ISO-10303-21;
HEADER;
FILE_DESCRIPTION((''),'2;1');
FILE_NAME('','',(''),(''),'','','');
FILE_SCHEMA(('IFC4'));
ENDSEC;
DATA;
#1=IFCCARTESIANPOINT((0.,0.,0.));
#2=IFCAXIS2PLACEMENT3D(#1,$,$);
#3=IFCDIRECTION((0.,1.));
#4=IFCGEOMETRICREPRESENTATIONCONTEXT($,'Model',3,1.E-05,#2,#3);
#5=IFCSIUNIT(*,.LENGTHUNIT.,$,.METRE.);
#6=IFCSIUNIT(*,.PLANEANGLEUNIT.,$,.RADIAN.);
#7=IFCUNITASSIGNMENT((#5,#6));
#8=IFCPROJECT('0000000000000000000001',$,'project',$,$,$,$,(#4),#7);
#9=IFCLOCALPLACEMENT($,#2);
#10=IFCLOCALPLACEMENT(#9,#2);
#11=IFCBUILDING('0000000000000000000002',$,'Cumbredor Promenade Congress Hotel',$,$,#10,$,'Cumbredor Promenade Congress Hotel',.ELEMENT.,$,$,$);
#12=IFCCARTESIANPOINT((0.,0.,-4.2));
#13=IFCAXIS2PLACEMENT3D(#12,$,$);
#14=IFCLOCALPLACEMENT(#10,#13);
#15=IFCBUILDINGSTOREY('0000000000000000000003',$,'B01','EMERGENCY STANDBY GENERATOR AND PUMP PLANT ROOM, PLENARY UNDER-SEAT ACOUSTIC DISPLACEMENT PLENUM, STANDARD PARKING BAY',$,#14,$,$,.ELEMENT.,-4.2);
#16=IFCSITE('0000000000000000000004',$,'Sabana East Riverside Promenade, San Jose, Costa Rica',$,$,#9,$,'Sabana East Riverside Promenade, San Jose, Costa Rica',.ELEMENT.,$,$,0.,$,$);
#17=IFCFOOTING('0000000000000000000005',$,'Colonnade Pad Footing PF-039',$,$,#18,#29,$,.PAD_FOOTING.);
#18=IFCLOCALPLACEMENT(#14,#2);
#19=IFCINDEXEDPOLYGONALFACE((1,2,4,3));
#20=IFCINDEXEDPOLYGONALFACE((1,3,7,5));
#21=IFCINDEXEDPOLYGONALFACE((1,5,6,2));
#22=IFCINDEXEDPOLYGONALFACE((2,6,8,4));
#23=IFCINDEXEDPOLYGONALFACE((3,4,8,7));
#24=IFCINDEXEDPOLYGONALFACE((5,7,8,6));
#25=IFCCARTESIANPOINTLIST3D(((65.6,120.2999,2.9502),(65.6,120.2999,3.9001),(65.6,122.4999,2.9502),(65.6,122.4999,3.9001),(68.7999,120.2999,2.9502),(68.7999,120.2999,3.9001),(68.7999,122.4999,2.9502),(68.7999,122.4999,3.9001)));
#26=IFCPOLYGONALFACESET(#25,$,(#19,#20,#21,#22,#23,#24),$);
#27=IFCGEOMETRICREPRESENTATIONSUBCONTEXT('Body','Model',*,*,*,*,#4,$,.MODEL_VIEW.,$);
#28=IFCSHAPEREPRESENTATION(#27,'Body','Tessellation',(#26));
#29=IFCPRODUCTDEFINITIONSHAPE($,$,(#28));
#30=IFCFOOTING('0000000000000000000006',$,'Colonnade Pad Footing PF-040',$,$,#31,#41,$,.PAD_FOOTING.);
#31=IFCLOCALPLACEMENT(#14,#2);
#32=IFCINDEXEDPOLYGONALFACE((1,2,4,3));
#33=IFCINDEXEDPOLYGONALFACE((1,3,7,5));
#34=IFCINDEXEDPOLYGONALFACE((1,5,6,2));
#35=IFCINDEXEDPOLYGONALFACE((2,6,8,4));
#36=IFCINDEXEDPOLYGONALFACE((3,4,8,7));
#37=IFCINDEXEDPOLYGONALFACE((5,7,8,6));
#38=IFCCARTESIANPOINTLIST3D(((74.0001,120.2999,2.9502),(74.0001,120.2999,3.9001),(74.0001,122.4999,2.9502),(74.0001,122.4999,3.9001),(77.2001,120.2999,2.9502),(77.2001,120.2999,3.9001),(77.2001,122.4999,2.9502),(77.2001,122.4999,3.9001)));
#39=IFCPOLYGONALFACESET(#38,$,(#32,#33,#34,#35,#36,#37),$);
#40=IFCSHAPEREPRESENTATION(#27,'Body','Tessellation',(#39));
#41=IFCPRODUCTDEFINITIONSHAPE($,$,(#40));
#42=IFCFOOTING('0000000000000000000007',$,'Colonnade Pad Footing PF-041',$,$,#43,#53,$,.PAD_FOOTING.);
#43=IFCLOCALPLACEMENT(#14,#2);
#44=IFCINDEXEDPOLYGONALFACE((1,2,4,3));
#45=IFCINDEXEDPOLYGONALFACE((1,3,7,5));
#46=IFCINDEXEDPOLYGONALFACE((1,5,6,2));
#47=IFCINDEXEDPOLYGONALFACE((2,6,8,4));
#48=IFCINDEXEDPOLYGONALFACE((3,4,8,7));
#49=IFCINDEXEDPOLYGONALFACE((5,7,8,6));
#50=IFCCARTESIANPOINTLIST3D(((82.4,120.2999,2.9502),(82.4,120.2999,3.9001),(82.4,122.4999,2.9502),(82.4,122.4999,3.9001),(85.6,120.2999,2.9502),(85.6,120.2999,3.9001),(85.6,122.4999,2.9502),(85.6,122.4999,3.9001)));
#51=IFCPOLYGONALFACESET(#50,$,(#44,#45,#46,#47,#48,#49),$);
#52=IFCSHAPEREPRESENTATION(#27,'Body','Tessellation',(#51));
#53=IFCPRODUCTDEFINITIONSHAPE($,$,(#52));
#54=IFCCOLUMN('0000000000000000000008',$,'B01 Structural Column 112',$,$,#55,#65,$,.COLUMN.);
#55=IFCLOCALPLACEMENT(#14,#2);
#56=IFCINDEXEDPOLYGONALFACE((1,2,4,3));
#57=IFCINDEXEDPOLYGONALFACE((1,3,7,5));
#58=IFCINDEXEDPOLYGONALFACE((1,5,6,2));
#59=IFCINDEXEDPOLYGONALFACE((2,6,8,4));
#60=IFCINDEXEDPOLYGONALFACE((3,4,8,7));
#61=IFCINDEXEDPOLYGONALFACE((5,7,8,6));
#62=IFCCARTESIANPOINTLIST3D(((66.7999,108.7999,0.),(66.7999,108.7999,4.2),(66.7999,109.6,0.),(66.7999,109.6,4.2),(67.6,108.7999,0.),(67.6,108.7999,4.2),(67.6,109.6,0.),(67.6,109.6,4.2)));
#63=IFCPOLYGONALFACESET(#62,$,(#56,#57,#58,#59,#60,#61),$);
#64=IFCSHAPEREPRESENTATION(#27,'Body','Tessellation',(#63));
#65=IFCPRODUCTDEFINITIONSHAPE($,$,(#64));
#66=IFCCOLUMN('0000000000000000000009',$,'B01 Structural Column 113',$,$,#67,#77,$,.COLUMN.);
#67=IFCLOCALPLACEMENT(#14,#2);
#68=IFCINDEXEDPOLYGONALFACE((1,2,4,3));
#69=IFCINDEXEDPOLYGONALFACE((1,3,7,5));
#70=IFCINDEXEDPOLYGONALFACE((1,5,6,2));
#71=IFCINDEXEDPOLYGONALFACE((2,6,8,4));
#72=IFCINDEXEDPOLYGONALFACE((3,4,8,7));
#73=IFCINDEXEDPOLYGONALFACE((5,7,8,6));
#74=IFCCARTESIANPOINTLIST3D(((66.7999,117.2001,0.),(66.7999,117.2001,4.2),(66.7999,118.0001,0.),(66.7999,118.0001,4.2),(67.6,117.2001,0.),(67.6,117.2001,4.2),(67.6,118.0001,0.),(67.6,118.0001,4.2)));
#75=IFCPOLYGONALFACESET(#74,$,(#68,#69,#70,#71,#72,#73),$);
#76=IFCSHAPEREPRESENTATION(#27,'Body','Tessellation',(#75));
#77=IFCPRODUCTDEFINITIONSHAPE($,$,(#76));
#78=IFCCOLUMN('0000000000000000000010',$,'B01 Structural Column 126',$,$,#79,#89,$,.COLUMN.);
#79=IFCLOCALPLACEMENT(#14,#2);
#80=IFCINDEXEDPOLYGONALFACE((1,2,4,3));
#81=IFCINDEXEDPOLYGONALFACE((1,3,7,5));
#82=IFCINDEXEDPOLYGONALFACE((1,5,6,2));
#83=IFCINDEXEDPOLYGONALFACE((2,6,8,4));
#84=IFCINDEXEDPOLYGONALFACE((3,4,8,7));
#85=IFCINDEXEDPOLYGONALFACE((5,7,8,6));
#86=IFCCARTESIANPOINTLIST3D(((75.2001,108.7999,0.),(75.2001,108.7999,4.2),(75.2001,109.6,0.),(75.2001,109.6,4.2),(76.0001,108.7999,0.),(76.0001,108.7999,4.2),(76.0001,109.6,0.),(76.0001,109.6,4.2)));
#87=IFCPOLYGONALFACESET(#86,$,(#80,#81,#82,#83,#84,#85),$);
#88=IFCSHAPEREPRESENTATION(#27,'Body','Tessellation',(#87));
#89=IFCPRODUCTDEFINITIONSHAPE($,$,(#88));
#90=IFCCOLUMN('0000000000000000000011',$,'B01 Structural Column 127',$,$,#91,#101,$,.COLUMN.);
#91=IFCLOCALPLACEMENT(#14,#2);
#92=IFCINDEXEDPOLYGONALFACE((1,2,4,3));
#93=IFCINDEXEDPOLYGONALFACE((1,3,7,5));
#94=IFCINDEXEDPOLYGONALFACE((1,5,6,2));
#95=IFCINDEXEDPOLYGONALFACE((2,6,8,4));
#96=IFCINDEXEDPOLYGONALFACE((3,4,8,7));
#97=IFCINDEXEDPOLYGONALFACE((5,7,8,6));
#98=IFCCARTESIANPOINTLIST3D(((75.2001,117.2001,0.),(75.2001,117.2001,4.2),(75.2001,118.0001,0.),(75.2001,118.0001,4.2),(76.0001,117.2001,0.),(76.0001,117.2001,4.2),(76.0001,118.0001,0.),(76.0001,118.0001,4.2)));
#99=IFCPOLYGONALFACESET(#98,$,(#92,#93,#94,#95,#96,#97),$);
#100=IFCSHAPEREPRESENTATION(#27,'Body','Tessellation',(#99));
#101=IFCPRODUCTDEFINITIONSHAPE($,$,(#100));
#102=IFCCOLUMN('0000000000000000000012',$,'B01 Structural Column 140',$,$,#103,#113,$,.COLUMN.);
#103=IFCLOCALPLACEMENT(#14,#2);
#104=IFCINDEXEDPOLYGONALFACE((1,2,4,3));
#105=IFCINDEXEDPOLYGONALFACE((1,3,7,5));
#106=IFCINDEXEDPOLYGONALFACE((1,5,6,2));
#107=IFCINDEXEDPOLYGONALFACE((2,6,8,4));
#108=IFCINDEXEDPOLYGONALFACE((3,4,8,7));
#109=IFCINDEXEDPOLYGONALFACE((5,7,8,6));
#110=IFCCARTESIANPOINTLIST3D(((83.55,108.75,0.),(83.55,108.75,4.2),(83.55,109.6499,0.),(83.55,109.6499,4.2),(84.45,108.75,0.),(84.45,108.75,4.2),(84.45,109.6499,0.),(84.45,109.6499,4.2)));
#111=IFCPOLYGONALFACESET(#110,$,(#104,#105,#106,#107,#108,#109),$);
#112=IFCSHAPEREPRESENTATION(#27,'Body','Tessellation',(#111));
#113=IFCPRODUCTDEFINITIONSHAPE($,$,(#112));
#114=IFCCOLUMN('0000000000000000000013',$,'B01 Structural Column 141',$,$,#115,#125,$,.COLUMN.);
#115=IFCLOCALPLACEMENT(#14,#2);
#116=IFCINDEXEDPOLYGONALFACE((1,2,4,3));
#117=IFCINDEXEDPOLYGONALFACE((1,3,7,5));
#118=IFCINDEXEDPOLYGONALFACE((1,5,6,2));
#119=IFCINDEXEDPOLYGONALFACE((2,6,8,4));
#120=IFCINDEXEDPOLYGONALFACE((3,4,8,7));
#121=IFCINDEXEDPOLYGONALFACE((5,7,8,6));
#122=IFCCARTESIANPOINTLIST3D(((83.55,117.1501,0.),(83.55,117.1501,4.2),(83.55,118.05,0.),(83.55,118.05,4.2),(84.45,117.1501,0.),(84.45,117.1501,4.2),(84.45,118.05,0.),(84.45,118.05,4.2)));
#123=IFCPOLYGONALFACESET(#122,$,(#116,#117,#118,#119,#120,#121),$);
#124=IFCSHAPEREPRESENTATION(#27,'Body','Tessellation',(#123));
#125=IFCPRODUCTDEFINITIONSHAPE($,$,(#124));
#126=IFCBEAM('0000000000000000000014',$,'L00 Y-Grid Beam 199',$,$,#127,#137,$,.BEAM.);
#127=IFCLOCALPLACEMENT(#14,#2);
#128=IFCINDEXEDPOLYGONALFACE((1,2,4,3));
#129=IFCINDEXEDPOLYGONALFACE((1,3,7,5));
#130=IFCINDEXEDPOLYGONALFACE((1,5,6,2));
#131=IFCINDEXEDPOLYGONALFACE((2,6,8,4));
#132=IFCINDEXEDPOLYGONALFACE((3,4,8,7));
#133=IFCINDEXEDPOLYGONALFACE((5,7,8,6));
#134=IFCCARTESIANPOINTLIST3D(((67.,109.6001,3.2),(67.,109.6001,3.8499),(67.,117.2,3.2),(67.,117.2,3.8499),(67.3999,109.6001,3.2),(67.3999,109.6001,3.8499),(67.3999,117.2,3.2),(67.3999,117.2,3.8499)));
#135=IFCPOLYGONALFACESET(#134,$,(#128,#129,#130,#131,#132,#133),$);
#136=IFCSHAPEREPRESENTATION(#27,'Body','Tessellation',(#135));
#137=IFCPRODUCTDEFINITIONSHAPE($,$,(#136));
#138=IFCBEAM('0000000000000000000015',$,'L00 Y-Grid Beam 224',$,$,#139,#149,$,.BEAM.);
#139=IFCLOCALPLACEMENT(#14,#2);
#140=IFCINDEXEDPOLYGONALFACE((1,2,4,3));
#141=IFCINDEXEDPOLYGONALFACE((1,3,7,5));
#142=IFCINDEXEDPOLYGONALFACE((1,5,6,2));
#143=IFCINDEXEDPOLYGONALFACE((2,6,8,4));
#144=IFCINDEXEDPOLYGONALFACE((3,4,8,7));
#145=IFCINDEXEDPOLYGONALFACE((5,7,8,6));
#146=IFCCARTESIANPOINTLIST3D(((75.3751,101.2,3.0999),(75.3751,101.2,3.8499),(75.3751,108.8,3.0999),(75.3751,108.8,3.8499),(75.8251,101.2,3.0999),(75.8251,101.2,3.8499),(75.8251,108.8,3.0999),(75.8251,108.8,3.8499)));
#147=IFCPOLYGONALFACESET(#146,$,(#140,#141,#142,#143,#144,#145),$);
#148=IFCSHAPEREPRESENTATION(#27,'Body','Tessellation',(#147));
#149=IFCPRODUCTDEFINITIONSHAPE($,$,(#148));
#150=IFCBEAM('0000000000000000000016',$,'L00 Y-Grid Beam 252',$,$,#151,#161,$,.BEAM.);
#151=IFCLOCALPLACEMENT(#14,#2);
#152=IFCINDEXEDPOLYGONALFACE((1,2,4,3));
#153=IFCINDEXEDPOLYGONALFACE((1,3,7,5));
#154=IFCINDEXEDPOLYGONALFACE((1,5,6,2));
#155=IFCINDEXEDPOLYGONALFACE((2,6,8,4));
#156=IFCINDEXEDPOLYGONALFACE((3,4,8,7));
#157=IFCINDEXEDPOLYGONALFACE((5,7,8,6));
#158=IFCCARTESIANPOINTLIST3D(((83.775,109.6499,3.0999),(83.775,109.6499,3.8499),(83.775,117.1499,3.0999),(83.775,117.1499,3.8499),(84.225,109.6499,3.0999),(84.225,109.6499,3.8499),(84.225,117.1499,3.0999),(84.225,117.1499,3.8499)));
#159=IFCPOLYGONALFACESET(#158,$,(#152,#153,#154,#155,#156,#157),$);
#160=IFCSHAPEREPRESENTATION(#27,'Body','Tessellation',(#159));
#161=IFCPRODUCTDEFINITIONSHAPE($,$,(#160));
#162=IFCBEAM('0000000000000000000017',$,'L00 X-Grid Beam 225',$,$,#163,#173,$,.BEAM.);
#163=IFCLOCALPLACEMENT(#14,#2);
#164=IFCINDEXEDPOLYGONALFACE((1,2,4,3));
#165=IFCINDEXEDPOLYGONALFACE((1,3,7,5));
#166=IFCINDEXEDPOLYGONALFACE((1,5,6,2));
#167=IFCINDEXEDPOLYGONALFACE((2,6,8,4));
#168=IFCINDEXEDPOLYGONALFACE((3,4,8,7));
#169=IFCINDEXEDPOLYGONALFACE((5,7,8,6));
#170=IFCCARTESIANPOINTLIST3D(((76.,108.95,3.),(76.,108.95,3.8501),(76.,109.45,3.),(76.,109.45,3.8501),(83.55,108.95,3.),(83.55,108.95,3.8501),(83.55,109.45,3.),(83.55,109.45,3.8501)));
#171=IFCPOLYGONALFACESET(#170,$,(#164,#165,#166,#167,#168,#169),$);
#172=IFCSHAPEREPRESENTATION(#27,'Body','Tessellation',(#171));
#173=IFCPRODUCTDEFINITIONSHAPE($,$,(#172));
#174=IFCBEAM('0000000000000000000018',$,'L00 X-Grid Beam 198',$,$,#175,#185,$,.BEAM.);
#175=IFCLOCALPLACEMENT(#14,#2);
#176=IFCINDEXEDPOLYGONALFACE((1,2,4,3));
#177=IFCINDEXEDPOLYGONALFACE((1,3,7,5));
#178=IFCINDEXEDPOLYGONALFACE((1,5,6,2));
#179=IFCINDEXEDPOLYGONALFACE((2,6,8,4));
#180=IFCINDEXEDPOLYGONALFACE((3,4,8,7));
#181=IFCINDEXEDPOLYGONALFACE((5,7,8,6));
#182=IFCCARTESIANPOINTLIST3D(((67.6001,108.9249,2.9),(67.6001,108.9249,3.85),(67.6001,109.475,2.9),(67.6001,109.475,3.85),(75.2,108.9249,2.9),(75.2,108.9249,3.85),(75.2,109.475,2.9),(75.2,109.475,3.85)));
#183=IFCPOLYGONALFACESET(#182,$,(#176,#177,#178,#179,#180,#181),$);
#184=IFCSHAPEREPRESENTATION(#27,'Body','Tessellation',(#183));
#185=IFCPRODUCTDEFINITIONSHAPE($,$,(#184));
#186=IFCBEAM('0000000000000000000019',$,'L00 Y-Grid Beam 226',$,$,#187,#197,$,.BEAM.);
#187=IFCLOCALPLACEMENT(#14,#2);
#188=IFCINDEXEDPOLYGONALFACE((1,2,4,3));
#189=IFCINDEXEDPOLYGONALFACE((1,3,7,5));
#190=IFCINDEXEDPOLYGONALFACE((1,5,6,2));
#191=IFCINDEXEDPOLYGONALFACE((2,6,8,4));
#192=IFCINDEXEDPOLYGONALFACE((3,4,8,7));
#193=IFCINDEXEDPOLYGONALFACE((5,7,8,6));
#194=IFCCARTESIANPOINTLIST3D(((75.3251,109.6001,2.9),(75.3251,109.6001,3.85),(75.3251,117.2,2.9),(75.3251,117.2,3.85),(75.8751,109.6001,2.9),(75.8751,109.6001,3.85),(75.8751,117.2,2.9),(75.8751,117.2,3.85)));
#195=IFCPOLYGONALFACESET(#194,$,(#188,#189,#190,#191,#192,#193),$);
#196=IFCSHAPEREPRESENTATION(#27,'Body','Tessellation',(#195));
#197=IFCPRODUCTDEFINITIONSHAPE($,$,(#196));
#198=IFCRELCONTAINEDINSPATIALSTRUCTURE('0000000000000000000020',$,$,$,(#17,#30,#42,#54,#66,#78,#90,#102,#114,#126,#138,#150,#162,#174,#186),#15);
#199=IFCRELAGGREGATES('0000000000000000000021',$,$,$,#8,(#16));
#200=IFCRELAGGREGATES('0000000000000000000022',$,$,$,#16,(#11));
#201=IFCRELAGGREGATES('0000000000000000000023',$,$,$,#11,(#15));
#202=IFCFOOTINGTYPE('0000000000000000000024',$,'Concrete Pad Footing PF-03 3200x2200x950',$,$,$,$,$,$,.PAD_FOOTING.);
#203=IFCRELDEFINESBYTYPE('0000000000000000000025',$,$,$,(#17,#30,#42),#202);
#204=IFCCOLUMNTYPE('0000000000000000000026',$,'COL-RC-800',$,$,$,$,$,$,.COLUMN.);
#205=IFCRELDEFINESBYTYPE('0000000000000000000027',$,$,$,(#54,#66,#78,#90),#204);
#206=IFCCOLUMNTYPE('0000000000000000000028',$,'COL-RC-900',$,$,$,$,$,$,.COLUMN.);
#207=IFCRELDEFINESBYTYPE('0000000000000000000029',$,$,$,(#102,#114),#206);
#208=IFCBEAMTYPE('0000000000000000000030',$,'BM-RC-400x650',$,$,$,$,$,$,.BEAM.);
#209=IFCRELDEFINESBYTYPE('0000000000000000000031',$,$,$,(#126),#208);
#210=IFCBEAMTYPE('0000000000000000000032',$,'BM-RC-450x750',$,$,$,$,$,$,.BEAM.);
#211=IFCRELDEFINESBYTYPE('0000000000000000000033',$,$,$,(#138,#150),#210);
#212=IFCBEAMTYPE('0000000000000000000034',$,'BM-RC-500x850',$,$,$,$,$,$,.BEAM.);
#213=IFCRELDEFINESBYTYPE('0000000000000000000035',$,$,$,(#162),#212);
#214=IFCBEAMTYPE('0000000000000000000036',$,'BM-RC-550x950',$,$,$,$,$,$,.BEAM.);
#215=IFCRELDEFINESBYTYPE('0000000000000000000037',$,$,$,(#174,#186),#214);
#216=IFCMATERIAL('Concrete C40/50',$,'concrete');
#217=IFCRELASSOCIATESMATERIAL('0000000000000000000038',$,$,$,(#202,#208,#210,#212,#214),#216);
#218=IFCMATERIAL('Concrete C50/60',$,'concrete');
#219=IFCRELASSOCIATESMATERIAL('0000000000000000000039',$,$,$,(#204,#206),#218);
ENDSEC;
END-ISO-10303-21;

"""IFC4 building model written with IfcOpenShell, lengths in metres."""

from ifc_helpers import new_model, si_unit, direction, frame, origin, origin_2d, place, context, subcontext, project, spatial, rectangle, extrude, material, material_profile, profile_set, type_object, element, save


model = new_model("IFC4")

# Units and contexts
model_context = context("Model", 3, precision=1e-05, world=origin(), true_north=direction((0.0, 1.0)))
body_context = subcontext(model_context, "Body", "Model", "MODEL_VIEW")
ifc_project = project(units=[si_unit("LENGTHUNIT", "METRE"), si_unit("PLANEANGLEUNIT", "RADIAN")], contexts=[model_context])

# Site, building, storey
site_placement = place(None, origin())
site = spatial("IfcSite", under=ifc_project, at=site_placement, Name="Sabana East Riverside Promenade, San Jose, Costa Rica", LongName="Sabana East Riverside Promenade, San Jose, Costa Rica", CompositionType="ELEMENT", RefElevation=0.0)
building_placement = place(site_placement, origin())
building = spatial("IfcBuilding", under=site, at=building_placement, Name="Cumbredor Promenade Congress Hotel", LongName="Cumbredor Promenade Congress Hotel", CompositionType="ELEMENT")
storey_placement = place(building_placement, frame((0.0, 0.0, -4.2)))
storey = spatial("IfcBuildingStorey", under=building, at=storey_placement, Name="B01", Description="EMERGENCY STANDBY GENERATOR AND PUMP PLANT ROOM, PLENARY UNDER-SEAT ACOUSTIC DISPLACEMENT PLENUM, STANDARD PARKING BAY", CompositionType="ELEMENT", Elevation=-4.2)

# Footings
ifc_material_1 = material(Name="Concrete C40/50", Category="concrete")
footing_type = type_object("IfcFootingType", Name="Concrete Pad Footing PF-03 3200x2200x950", PredefinedType="PAD_FOOTING", material=ifc_material_1)
for number, where, z_axis, x_axis, name in (
    (1, (67.2, 121.3999, 2.9502), (0.0, 0.0, 1.0), (1.0, 0.0, 0.0), "Colonnade Pad Footing PF-039"),
    (2, (75.6001, 121.3999, 2.9502), (0.0, 0.0, 1.0), (1.0, 0.0, 0.0), "Colonnade Pad Footing PF-040"),
    (3, (84.0, 121.3999, 2.9502), (0.0, 0.0, 1.0), (1.0, 0.0, 0.0), "Colonnade Pad Footing PF-041"),
):
    element("IfcFooting", number, at=place(storey_placement, frame(where, z_axis=z_axis, x_axis=x_axis)), inside=storey, type_object=footing_type, Name=name, PredefinedType="PAD_FOOTING", context=body_context, shape_type="SweptSolid", body=[
        extrude(rectangle(XDim=3.2, YDim=2.2, at=origin_2d()), origin(), (0.0, 0.0, 1.0), 0.95),
    ])

# Columns
ifc_material_2 = material(Name="Concrete C50/60", Category="concrete")
ifc_material_profile_1 = material_profile(ifc_material_2, rectangle(XDim=0.8, YDim=0.8, at=origin_2d()), Name="RC 800x800")
ifc_profile_set_1 = profile_set([ifc_material_profile_1], Name="Concrete C50/60")
column_type_1 = type_object("IfcColumnType", Name="COL-RC-800", PredefinedType="COLUMN", material=ifc_profile_set_1)
for number, where, z_axis, x_axis, name in (
    (4, (67.2, 109.2, 0.0), (0.0, 0.0, 1.0), (1.0, 0.0, 0.0), "B01 Structural Column 112"),
    (5, (67.2, 117.6001, 0.0), (0.0, 0.0, 1.0), (1.0, 0.0, 0.0), "B01 Structural Column 113"),
    (6, (75.6001, 109.2, 0.0), (0.0, 0.0, 1.0), (1.0, 0.0, 0.0), "B01 Structural Column 126"),
    (7, (75.6001, 117.6001, 0.0), (0.0, 0.0, 1.0), (1.0, 0.0, 0.0), "B01 Structural Column 127"),
):
    element("IfcColumn", number, at=place(storey_placement, frame(where, z_axis=z_axis, x_axis=x_axis)), inside=storey, type_object=column_type_1, Name=name, PredefinedType="COLUMN", context=body_context, shape_type="SweptSolid", body=[
        extrude(rectangle(XDim=0.8, YDim=0.8, at=origin_2d()), origin(), (0.0, 0.0, 1.0), 4.2),
    ])
ifc_material_profile_2 = material_profile(ifc_material_2, rectangle(XDim=0.8999, YDim=0.8999, at=origin_2d()), Name="RC 900x900")
ifc_profile_set_2 = profile_set([ifc_material_profile_2], Name="Concrete C50/60")
column_type_2 = type_object("IfcColumnType", Name="COL-RC-900", PredefinedType="COLUMN", material=ifc_profile_set_2)
for number, where, z_axis, x_axis, name in (
    (8, (84.0, 109.2, 0.0), (0.0, 0.0, 1.0), (1.0, 0.0, 0.0), "B01 Structural Column 140"),
    (9, (84.0, 117.6001, 0.0), (0.0, 0.0, 1.0), (1.0, 0.0, 0.0), "B01 Structural Column 141"),
):
    element("IfcColumn", number, at=place(storey_placement, frame(where, z_axis=z_axis, x_axis=x_axis)), inside=storey, type_object=column_type_2, Name=name, PredefinedType="COLUMN", context=body_context, shape_type="SweptSolid", body=[
        extrude(rectangle(XDim=0.8999, YDim=0.8999, at=origin_2d()), origin(), (0.0, 0.0, 1.0), 4.2),
    ])

# Beams
ifc_material_profile_3 = material_profile(ifc_material_1, rectangle(XDim=0.3999, YDim=0.6499, at=origin_2d()), Name="RC BEAM 400x650")
ifc_profile_set_3 = profile_set([ifc_material_profile_3], Name="Concrete C40/50")
beam_type_1 = type_object("IfcBeamType", Name="BM-RC-400x650", PredefinedType="BEAM", material=ifc_profile_set_3)
beam_1_placement = place(storey_placement, frame((67.2, 109.6001, 3.5249), z_axis=(0.0, 1.0, 0.0), x_axis=(-1.0, 0.0, 0.0)))
element("IfcBeam", 10, at=beam_1_placement, inside=storey, type_object=beam_type_1, Name="L00 Y-Grid Beam 199", PredefinedType="BEAM", context=body_context, shape_type="SweptSolid", body=[
    extrude(rectangle(XDim=0.3999, YDim=0.6499, at=origin_2d()), origin(), (0.0, 0.0, 1.0), 7.5999),
])
ifc_material_profile_4 = material_profile(ifc_material_1, rectangle(XDim=0.45, YDim=0.75, at=origin_2d()), Name="RC BEAM 450x750")
ifc_profile_set_4 = profile_set([ifc_material_profile_4], Name="Concrete C40/50")
beam_type_2 = type_object("IfcBeamType", Name="BM-RC-450x750", PredefinedType="BEAM", material=ifc_profile_set_4)
beam_2_placement = place(storey_placement, frame((75.6001, 101.2, 3.4749), z_axis=(0.0, 1.0, 0.0), x_axis=(-1.0, 0.0, 0.0)))
element("IfcBeam", 11, at=beam_2_placement, inside=storey, type_object=beam_type_2, Name="L00 Y-Grid Beam 224", PredefinedType="BEAM", context=body_context, shape_type="SweptSolid", body=[
    extrude(rectangle(XDim=0.45, YDim=0.75, at=origin_2d()), origin(), (0.0, 0.0, 1.0), 7.6001),
])
beam_3_placement = place(storey_placement, frame((84.0, 109.6499, 3.4749), z_axis=(0.0, 1.0, 0.0), x_axis=(-1.0, 0.0, 0.0)))
element("IfcBeam", 12, at=beam_3_placement, inside=storey, type_object=beam_type_2, Name="L00 Y-Grid Beam 252", PredefinedType="BEAM", context=body_context, shape_type="SweptSolid", body=[
    extrude(rectangle(XDim=0.45, YDim=0.75, at=origin_2d()), origin(), (0.0, 0.0, 1.0), 7.5),
])
ifc_material_profile_5 = material_profile(ifc_material_1, rectangle(XDim=0.5, YDim=0.8501, at=origin_2d()), Name="RC BEAM 500x850")
ifc_profile_set_5 = profile_set([ifc_material_profile_5], Name="Concrete C40/50")
beam_type_3 = type_object("IfcBeamType", Name="BM-RC-500x850", PredefinedType="BEAM", material=ifc_profile_set_5)
beam_4_placement = place(storey_placement, frame((76.0, 109.2, 3.425), z_axis=(1.0, 0.0, 0.0), x_axis=(0.0, 1.0, 0.0)))
element("IfcBeam", 13, at=beam_4_placement, inside=storey, type_object=beam_type_3, Name="L00 X-Grid Beam 225", PredefinedType="BEAM", context=body_context, shape_type="SweptSolid", body=[
    extrude(rectangle(XDim=0.5, YDim=0.8501, at=origin_2d()), origin(), (0.0, 0.0, 1.0), 7.55),
])
ifc_material_profile_6 = material_profile(ifc_material_1, rectangle(XDim=0.55, YDim=0.95, at=origin_2d()), Name="RC BEAM 550x950")
ifc_profile_set_6 = profile_set([ifc_material_profile_6], Name="Concrete C40/50")
beam_type_4 = type_object("IfcBeamType", Name="BM-RC-550x950", PredefinedType="BEAM", material=ifc_profile_set_6)
for number, where, z_axis, x_axis, name in (
    (14, (67.6001, 109.2, 3.375), (1.0, 0.0, 0.0), (0.0, 1.0, 0.0), "L00 X-Grid Beam 198"),
    (15, (75.6001, 109.6001, 3.375), (0.0, 1.0, 0.0), (-1.0, 0.0, 0.0), "L00 Y-Grid Beam 226"),
):
    element("IfcBeam", number, at=place(storey_placement, frame(where, z_axis=z_axis, x_axis=x_axis)), inside=storey, type_object=beam_type_4, Name=name, PredefinedType="BEAM", context=body_context, shape_type="SweptSolid", body=[
        extrude(rectangle(XDim=0.55, YDim=0.95, at=origin_2d()), origin(), (0.0, 0.0, 1.0), 7.5999),
    ])

save(model, "model.ifc")
